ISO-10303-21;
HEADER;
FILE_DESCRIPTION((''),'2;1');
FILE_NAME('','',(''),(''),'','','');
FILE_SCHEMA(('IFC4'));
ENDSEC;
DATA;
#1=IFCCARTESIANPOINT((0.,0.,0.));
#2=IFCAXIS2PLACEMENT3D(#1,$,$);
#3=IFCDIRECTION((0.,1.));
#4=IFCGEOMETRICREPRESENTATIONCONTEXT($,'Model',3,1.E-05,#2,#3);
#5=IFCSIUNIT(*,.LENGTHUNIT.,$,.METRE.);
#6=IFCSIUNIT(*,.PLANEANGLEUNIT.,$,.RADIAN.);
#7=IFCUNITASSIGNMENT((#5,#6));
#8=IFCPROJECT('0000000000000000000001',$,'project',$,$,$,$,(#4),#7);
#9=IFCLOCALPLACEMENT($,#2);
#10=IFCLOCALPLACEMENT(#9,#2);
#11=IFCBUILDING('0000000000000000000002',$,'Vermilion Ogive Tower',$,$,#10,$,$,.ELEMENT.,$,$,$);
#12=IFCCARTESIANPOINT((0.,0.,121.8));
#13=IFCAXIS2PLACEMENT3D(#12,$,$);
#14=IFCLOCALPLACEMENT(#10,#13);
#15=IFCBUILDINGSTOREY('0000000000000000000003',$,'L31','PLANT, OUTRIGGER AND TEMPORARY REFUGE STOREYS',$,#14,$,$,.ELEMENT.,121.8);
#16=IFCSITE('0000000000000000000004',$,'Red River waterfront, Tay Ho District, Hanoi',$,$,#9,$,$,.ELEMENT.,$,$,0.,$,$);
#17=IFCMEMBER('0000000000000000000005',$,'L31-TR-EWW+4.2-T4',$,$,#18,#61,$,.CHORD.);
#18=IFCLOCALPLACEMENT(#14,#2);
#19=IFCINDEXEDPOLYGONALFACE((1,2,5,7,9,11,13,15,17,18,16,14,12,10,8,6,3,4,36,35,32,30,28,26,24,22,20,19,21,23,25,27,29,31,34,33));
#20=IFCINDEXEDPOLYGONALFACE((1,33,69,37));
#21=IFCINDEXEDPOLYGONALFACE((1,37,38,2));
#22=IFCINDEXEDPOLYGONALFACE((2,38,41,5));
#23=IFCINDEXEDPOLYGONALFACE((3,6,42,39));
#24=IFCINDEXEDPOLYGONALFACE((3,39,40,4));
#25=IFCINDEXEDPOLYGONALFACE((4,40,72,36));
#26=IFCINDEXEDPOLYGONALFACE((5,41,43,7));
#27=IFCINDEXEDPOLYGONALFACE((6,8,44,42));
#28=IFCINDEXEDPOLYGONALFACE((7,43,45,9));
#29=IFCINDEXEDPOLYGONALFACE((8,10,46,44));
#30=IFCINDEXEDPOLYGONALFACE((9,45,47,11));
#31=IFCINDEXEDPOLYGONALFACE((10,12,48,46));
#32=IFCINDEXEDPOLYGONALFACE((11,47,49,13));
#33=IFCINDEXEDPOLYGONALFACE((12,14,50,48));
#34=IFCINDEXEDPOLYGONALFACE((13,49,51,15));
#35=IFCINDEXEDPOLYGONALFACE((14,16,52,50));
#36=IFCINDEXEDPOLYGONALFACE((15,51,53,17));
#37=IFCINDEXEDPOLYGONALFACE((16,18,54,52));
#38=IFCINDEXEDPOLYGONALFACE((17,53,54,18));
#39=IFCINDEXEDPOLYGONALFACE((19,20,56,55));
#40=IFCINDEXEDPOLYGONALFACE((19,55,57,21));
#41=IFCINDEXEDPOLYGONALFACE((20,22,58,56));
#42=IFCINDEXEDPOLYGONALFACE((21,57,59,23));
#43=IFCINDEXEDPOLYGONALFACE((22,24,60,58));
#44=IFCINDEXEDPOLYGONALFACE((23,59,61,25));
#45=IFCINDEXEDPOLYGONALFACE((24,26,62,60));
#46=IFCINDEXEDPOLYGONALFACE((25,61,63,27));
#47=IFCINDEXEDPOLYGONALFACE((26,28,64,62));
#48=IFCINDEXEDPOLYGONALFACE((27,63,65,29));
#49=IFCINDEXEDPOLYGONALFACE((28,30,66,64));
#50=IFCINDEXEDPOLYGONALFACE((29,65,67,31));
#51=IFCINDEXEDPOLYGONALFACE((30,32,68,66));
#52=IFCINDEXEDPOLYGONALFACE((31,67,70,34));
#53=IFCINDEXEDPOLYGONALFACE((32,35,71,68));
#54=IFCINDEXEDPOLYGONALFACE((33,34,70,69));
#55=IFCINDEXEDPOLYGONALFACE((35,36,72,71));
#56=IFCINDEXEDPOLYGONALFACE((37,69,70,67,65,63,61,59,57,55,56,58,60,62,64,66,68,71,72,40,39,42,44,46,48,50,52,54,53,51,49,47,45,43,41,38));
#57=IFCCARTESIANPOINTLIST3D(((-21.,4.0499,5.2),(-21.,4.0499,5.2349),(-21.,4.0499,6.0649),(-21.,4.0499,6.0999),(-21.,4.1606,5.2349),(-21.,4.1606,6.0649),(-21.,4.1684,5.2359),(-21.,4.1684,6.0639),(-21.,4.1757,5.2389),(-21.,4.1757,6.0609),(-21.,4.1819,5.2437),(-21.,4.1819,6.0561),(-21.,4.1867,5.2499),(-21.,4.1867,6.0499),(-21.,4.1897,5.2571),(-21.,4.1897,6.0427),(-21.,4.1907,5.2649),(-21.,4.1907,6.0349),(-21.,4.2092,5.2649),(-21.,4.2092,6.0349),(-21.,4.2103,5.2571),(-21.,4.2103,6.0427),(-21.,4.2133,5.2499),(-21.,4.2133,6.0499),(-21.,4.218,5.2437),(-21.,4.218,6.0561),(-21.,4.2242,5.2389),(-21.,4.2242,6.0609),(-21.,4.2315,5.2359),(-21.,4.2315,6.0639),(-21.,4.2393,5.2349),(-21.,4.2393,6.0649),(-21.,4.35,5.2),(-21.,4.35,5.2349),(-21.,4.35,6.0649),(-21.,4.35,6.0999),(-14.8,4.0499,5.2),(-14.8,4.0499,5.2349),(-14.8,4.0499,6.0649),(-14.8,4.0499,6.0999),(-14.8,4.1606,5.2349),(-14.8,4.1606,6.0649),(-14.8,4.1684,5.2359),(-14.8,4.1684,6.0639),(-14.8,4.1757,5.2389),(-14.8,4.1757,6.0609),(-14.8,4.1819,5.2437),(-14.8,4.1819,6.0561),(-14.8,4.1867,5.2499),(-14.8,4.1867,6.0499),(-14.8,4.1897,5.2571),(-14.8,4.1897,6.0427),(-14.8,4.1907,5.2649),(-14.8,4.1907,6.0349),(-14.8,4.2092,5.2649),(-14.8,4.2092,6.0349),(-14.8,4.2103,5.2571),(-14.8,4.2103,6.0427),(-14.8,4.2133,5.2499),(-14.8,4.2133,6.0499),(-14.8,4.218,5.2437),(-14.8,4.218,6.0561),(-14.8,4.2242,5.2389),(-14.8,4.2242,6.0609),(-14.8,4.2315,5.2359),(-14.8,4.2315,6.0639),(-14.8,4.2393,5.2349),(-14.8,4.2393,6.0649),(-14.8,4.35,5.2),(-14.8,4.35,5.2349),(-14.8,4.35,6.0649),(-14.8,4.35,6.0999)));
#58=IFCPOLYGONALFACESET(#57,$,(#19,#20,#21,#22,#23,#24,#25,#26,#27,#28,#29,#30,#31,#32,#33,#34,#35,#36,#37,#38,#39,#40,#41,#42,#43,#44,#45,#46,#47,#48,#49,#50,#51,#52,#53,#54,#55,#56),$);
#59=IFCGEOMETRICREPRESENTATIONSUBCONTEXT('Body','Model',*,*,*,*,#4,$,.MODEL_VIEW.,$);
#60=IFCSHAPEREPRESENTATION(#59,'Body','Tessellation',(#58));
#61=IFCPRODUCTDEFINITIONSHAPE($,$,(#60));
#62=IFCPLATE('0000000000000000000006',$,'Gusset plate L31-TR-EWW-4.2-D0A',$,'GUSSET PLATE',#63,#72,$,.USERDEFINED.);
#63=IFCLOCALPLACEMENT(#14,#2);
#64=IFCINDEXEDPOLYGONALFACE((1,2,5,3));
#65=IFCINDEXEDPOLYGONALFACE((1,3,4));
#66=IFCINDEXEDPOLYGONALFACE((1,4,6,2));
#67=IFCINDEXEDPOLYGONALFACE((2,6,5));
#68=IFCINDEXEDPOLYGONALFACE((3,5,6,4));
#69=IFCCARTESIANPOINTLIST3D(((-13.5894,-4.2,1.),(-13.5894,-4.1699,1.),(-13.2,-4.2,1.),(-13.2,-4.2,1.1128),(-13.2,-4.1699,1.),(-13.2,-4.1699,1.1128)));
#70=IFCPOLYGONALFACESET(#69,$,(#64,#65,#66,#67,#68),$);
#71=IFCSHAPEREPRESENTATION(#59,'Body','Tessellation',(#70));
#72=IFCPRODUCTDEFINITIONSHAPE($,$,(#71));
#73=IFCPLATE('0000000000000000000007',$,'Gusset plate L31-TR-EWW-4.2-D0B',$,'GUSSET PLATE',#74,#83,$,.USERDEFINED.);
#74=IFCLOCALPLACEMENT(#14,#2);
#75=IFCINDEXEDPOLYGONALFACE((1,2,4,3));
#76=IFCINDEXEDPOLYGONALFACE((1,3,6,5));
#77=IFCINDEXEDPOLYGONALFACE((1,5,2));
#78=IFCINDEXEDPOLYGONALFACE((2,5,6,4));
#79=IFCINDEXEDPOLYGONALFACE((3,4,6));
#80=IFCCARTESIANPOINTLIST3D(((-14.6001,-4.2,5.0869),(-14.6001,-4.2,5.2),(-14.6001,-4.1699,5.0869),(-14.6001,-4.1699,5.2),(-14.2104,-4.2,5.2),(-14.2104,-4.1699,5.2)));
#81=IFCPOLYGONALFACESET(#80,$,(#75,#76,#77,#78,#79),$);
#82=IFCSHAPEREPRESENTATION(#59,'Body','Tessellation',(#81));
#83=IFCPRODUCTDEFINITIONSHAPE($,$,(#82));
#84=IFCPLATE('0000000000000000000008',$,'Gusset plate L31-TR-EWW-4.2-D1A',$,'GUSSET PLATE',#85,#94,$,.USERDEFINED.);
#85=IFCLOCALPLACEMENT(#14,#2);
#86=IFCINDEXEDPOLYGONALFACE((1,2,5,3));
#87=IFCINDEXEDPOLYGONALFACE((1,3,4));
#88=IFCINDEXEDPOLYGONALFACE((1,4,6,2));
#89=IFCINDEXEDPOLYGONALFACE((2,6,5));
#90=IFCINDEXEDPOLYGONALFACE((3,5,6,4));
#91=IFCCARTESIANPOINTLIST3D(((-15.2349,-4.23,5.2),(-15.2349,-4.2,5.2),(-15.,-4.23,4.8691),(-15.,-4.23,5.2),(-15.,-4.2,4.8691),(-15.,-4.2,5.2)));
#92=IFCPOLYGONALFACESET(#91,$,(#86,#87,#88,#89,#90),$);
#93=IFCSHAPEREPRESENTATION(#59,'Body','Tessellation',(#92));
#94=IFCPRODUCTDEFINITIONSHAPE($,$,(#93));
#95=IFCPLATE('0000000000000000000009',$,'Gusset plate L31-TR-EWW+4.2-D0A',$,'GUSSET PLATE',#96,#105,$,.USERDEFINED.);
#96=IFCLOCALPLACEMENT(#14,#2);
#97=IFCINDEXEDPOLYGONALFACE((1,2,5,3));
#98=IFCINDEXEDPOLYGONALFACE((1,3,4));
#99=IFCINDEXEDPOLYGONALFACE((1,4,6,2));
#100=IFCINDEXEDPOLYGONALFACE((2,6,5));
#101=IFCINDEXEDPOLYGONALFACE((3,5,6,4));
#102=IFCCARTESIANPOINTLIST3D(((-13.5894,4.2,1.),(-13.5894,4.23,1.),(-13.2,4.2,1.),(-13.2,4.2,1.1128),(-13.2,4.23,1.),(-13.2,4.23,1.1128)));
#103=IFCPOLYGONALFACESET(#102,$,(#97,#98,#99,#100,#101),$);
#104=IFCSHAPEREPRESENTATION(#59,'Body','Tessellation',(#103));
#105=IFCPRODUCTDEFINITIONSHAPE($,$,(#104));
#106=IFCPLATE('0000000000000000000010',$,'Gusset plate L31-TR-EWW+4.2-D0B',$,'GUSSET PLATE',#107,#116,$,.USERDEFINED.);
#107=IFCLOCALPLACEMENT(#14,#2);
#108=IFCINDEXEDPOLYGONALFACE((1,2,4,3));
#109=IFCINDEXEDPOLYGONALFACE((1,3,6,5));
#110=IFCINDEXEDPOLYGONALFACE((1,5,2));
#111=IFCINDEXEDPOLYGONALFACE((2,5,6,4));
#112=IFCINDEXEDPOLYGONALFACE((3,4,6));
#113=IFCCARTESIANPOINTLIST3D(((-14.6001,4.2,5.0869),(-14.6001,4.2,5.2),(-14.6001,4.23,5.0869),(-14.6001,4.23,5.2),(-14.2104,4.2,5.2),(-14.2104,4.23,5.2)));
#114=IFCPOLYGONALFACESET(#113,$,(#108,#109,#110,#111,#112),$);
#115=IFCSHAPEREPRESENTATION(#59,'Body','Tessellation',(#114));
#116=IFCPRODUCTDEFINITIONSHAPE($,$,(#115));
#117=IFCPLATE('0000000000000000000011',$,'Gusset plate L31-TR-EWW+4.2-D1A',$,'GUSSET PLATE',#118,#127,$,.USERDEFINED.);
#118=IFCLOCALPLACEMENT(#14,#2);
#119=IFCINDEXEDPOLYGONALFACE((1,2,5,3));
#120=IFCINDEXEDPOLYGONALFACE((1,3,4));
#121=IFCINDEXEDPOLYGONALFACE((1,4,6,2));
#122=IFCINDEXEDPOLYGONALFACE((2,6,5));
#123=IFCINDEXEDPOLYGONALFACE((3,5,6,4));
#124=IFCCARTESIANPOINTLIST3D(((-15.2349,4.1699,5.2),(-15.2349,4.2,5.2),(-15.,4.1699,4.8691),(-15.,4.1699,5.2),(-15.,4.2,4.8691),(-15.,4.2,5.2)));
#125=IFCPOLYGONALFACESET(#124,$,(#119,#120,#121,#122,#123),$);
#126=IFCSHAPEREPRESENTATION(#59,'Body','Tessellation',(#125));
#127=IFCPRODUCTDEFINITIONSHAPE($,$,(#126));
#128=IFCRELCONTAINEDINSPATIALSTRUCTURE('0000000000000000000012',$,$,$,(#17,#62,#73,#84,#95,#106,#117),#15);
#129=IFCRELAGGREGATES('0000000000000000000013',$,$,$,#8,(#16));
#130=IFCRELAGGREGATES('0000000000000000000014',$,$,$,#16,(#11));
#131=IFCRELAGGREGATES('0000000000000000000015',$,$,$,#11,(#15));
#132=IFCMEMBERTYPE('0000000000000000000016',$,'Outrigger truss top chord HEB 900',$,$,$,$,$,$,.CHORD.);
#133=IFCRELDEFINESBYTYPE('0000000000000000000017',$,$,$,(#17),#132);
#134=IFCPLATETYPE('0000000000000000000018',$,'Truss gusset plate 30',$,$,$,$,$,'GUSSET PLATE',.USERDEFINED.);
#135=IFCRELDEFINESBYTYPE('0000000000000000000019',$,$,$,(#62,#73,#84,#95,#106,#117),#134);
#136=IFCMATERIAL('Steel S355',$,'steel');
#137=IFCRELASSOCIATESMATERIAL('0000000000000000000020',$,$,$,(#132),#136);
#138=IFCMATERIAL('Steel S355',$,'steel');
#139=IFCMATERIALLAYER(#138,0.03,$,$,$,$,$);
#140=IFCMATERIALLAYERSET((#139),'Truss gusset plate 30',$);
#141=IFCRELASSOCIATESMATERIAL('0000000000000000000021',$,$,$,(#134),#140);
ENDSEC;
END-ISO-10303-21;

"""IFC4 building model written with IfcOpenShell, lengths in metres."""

from ifc_helpers import new_model, si_unit, direction, frame, origin, origin_2d, place, context, subcontext, project, spatial, polyline, i_section, outline, extrude, material, layer, layer_set, material_profile, profile_set, type_object, element, save


model = new_model("IFC4")

# Units and contexts
model_context = context("Model", 3, precision=1e-05, world=origin(), true_north=direction((0.0, 1.0)))
body_context = subcontext(model_context, "Body", "Model", "MODEL_VIEW")
ifc_project = project(units=[si_unit("LENGTHUNIT", "METRE"), si_unit("PLANEANGLEUNIT", "RADIAN")], contexts=[model_context])

# Site, building, storey
site_placement = place(None, origin())
site = spatial("IfcSite", under=ifc_project, at=site_placement, Name="Red River waterfront, Tay Ho District, Hanoi", CompositionType="ELEMENT", RefElevation=0.0)
building_placement = place(site_placement, origin())
building = spatial("IfcBuilding", under=site, at=building_placement, Name="Vermilion Ogive Tower", CompositionType="ELEMENT")
storey_placement = place(building_placement, frame((0.0, 0.0, 121.8)))
storey = spatial("IfcBuildingStorey", under=building, at=storey_placement, Name="L31", Description="PLANT, OUTRIGGER AND TEMPORARY REFUGE STOREYS", CompositionType="ELEMENT", Elevation=121.8)

# Member
ifc_material_1 = material(Name="Steel S355", Category="steel")
ifc_material_profile_1 = material_profile(ifc_material_1, i_section(OverallWidth=0.3, OverallDepth=0.8999, WebThickness=0.0186, FlangeThickness=0.0349, FilletRadius=0.03, at=origin_2d()), Name="HEB 900")
ifc_profile_set_1 = profile_set([ifc_material_profile_1], Name="Steel S355")
member_type_1 = type_object("IfcMemberType", Name="Outrigger truss top chord HEB 900", PredefinedType="CHORD", material=ifc_profile_set_1)
for number, where, z_axis, x_axis, name in (
    (1, (-14.8, 4.2, 5.6499), (-1.0, 0.0, 0.0), (0.0, -1.0, 0.0), "L31-TR-EWW+4.2-T4"),
):
    element("IfcMember", number, at=place(storey_placement, frame(where, z_axis=z_axis, x_axis=x_axis)), inside=storey, type_object=member_type_1, Name=name, PredefinedType="CHORD", context=body_context, shape_type="SweptSolid", body=[
        extrude(i_section(OverallWidth=0.3, OverallDepth=0.8999, WebThickness=0.0186, FlangeThickness=0.0349, FilletRadius=0.03, at=origin_2d()), origin(), (0.0, 0.0, 1.0), 6.2),
    ])

# Plates
ifc_material_2 = material(Name="Steel S355", Category="steel")
ifc_layer = layer(ifc_material_2, 0.03)
ifc_layer_set = layer_set([ifc_layer], Name="Truss gusset plate 30")
plate_type = type_object("IfcPlateType", Name="Truss gusset plate 30", ElementType="GUSSET PLATE", PredefinedType="USERDEFINED", material=ifc_layer_set)
plate_1_placement = place(storey_placement, frame((-13.2, -4.2, 1.1128), z_axis=(0.0, -1.0, 0.0), x_axis=(-0.960518, 0.0, -0.278219)))
element("IfcPlate", 2, at=plate_1_placement, inside=storey, type_object=plate_type, Name="Gusset plate L31-TR-EWW-4.2-D0A", ObjectType="GUSSET PLATE", PredefinedType="USERDEFINED", context=body_context, shape_type="SweptSolid", body=[
    extrude(outline(polyline([(0.0, 0.0), (0.4054, 0.0), (0.0314, 0.1083), (0.0, 0.0)])), origin(), (0.0, 0.0, -1.0), 0.03),
])
plate_2_placement = place(storey_placement, frame((-14.6001, -4.2, 5.0869), z_axis=(0.0, -1.0, 0.0), x_axis=(0.960403, 0.0, 0.278613)))
element("IfcPlate", 3, at=plate_2_placement, inside=storey, type_object=plate_type, Name="Gusset plate L31-TR-EWW-4.2-D0B", ObjectType="GUSSET PLATE", PredefinedType="USERDEFINED", context=body_context, shape_type="SweptSolid", body=[
    extrude(outline(polyline([(0.0, 0.0), (0.4057, 0.0), (0.0315, 0.1086), (0.0, 0.0)])), origin(), (0.0, 0.0, -1.0), 0.03),
])
plate_3_placement = place(storey_placement, frame((-15.0, -4.2, 4.8691), z_axis=(0.0, 1.0, 0.0), x_axis=(-0.578902, 0.0, 0.815397)))
element("IfcPlate", 4, at=plate_3_placement, inside=storey, type_object=plate_type, Name="Gusset plate L31-TR-EWW-4.2-D1A", ObjectType="GUSSET PLATE", PredefinedType="USERDEFINED", context=body_context, shape_type="SweptSolid", body=[
    extrude(outline(polyline([(0.0, 0.0), (0.4057, 0.0), (0.2697, 0.1915), (0.0, 0.0)])), origin(), (0.0, 0.0, -1.0), 0.03),
])
plate_4_placement = place(storey_placement, frame((-13.2, 4.2, 1.1128), z_axis=(0.0, -1.0, 0.0), x_axis=(-0.960518, 0.0, -0.278219)))
element("IfcPlate", 5, at=plate_4_placement, inside=storey, type_object=plate_type, Name="Gusset plate L31-TR-EWW+4.2-D0A", ObjectType="GUSSET PLATE", PredefinedType="USERDEFINED", context=body_context, shape_type="SweptSolid", body=[
    extrude(outline(polyline([(0.0, 0.0), (0.4054, 0.0), (0.0314, 0.1083), (0.0, 0.0)])), origin(), (0.0, 0.0, -1.0), 0.03),
])
plate_5_placement = place(storey_placement, frame((-14.6001, 4.2, 5.0869), z_axis=(0.0, -1.0, 0.0), x_axis=(0.960403, 0.0, 0.278613)))
element("IfcPlate", 6, at=plate_5_placement, inside=storey, type_object=plate_type, Name="Gusset plate L31-TR-EWW+4.2-D0B", ObjectType="GUSSET PLATE", PredefinedType="USERDEFINED", context=body_context, shape_type="SweptSolid", body=[
    extrude(outline(polyline([(0.0, 0.0), (0.4057, 0.0), (0.0315, 0.1086), (0.0, 0.0)])), origin(), (0.0, 0.0, -1.0), 0.03),
])
plate_6_placement = place(storey_placement, frame((-15.0, 4.2, 4.8691), z_axis=(0.0, 1.0, 0.0), x_axis=(-0.578902, 0.0, 0.815397)))
element("IfcPlate", 7, at=plate_6_placement, inside=storey, type_object=plate_type, Name="Gusset plate L31-TR-EWW+4.2-D1A", ObjectType="GUSSET PLATE", PredefinedType="USERDEFINED", context=body_context, shape_type="SweptSolid", body=[
    extrude(outline(polyline([(0.0, 0.0), (0.4057, 0.0), (0.2697, 0.1915), (0.0, 0.0)])), origin(), (0.0, 0.0, -1.0), 0.03),
])

save(model, "model.ifc")
